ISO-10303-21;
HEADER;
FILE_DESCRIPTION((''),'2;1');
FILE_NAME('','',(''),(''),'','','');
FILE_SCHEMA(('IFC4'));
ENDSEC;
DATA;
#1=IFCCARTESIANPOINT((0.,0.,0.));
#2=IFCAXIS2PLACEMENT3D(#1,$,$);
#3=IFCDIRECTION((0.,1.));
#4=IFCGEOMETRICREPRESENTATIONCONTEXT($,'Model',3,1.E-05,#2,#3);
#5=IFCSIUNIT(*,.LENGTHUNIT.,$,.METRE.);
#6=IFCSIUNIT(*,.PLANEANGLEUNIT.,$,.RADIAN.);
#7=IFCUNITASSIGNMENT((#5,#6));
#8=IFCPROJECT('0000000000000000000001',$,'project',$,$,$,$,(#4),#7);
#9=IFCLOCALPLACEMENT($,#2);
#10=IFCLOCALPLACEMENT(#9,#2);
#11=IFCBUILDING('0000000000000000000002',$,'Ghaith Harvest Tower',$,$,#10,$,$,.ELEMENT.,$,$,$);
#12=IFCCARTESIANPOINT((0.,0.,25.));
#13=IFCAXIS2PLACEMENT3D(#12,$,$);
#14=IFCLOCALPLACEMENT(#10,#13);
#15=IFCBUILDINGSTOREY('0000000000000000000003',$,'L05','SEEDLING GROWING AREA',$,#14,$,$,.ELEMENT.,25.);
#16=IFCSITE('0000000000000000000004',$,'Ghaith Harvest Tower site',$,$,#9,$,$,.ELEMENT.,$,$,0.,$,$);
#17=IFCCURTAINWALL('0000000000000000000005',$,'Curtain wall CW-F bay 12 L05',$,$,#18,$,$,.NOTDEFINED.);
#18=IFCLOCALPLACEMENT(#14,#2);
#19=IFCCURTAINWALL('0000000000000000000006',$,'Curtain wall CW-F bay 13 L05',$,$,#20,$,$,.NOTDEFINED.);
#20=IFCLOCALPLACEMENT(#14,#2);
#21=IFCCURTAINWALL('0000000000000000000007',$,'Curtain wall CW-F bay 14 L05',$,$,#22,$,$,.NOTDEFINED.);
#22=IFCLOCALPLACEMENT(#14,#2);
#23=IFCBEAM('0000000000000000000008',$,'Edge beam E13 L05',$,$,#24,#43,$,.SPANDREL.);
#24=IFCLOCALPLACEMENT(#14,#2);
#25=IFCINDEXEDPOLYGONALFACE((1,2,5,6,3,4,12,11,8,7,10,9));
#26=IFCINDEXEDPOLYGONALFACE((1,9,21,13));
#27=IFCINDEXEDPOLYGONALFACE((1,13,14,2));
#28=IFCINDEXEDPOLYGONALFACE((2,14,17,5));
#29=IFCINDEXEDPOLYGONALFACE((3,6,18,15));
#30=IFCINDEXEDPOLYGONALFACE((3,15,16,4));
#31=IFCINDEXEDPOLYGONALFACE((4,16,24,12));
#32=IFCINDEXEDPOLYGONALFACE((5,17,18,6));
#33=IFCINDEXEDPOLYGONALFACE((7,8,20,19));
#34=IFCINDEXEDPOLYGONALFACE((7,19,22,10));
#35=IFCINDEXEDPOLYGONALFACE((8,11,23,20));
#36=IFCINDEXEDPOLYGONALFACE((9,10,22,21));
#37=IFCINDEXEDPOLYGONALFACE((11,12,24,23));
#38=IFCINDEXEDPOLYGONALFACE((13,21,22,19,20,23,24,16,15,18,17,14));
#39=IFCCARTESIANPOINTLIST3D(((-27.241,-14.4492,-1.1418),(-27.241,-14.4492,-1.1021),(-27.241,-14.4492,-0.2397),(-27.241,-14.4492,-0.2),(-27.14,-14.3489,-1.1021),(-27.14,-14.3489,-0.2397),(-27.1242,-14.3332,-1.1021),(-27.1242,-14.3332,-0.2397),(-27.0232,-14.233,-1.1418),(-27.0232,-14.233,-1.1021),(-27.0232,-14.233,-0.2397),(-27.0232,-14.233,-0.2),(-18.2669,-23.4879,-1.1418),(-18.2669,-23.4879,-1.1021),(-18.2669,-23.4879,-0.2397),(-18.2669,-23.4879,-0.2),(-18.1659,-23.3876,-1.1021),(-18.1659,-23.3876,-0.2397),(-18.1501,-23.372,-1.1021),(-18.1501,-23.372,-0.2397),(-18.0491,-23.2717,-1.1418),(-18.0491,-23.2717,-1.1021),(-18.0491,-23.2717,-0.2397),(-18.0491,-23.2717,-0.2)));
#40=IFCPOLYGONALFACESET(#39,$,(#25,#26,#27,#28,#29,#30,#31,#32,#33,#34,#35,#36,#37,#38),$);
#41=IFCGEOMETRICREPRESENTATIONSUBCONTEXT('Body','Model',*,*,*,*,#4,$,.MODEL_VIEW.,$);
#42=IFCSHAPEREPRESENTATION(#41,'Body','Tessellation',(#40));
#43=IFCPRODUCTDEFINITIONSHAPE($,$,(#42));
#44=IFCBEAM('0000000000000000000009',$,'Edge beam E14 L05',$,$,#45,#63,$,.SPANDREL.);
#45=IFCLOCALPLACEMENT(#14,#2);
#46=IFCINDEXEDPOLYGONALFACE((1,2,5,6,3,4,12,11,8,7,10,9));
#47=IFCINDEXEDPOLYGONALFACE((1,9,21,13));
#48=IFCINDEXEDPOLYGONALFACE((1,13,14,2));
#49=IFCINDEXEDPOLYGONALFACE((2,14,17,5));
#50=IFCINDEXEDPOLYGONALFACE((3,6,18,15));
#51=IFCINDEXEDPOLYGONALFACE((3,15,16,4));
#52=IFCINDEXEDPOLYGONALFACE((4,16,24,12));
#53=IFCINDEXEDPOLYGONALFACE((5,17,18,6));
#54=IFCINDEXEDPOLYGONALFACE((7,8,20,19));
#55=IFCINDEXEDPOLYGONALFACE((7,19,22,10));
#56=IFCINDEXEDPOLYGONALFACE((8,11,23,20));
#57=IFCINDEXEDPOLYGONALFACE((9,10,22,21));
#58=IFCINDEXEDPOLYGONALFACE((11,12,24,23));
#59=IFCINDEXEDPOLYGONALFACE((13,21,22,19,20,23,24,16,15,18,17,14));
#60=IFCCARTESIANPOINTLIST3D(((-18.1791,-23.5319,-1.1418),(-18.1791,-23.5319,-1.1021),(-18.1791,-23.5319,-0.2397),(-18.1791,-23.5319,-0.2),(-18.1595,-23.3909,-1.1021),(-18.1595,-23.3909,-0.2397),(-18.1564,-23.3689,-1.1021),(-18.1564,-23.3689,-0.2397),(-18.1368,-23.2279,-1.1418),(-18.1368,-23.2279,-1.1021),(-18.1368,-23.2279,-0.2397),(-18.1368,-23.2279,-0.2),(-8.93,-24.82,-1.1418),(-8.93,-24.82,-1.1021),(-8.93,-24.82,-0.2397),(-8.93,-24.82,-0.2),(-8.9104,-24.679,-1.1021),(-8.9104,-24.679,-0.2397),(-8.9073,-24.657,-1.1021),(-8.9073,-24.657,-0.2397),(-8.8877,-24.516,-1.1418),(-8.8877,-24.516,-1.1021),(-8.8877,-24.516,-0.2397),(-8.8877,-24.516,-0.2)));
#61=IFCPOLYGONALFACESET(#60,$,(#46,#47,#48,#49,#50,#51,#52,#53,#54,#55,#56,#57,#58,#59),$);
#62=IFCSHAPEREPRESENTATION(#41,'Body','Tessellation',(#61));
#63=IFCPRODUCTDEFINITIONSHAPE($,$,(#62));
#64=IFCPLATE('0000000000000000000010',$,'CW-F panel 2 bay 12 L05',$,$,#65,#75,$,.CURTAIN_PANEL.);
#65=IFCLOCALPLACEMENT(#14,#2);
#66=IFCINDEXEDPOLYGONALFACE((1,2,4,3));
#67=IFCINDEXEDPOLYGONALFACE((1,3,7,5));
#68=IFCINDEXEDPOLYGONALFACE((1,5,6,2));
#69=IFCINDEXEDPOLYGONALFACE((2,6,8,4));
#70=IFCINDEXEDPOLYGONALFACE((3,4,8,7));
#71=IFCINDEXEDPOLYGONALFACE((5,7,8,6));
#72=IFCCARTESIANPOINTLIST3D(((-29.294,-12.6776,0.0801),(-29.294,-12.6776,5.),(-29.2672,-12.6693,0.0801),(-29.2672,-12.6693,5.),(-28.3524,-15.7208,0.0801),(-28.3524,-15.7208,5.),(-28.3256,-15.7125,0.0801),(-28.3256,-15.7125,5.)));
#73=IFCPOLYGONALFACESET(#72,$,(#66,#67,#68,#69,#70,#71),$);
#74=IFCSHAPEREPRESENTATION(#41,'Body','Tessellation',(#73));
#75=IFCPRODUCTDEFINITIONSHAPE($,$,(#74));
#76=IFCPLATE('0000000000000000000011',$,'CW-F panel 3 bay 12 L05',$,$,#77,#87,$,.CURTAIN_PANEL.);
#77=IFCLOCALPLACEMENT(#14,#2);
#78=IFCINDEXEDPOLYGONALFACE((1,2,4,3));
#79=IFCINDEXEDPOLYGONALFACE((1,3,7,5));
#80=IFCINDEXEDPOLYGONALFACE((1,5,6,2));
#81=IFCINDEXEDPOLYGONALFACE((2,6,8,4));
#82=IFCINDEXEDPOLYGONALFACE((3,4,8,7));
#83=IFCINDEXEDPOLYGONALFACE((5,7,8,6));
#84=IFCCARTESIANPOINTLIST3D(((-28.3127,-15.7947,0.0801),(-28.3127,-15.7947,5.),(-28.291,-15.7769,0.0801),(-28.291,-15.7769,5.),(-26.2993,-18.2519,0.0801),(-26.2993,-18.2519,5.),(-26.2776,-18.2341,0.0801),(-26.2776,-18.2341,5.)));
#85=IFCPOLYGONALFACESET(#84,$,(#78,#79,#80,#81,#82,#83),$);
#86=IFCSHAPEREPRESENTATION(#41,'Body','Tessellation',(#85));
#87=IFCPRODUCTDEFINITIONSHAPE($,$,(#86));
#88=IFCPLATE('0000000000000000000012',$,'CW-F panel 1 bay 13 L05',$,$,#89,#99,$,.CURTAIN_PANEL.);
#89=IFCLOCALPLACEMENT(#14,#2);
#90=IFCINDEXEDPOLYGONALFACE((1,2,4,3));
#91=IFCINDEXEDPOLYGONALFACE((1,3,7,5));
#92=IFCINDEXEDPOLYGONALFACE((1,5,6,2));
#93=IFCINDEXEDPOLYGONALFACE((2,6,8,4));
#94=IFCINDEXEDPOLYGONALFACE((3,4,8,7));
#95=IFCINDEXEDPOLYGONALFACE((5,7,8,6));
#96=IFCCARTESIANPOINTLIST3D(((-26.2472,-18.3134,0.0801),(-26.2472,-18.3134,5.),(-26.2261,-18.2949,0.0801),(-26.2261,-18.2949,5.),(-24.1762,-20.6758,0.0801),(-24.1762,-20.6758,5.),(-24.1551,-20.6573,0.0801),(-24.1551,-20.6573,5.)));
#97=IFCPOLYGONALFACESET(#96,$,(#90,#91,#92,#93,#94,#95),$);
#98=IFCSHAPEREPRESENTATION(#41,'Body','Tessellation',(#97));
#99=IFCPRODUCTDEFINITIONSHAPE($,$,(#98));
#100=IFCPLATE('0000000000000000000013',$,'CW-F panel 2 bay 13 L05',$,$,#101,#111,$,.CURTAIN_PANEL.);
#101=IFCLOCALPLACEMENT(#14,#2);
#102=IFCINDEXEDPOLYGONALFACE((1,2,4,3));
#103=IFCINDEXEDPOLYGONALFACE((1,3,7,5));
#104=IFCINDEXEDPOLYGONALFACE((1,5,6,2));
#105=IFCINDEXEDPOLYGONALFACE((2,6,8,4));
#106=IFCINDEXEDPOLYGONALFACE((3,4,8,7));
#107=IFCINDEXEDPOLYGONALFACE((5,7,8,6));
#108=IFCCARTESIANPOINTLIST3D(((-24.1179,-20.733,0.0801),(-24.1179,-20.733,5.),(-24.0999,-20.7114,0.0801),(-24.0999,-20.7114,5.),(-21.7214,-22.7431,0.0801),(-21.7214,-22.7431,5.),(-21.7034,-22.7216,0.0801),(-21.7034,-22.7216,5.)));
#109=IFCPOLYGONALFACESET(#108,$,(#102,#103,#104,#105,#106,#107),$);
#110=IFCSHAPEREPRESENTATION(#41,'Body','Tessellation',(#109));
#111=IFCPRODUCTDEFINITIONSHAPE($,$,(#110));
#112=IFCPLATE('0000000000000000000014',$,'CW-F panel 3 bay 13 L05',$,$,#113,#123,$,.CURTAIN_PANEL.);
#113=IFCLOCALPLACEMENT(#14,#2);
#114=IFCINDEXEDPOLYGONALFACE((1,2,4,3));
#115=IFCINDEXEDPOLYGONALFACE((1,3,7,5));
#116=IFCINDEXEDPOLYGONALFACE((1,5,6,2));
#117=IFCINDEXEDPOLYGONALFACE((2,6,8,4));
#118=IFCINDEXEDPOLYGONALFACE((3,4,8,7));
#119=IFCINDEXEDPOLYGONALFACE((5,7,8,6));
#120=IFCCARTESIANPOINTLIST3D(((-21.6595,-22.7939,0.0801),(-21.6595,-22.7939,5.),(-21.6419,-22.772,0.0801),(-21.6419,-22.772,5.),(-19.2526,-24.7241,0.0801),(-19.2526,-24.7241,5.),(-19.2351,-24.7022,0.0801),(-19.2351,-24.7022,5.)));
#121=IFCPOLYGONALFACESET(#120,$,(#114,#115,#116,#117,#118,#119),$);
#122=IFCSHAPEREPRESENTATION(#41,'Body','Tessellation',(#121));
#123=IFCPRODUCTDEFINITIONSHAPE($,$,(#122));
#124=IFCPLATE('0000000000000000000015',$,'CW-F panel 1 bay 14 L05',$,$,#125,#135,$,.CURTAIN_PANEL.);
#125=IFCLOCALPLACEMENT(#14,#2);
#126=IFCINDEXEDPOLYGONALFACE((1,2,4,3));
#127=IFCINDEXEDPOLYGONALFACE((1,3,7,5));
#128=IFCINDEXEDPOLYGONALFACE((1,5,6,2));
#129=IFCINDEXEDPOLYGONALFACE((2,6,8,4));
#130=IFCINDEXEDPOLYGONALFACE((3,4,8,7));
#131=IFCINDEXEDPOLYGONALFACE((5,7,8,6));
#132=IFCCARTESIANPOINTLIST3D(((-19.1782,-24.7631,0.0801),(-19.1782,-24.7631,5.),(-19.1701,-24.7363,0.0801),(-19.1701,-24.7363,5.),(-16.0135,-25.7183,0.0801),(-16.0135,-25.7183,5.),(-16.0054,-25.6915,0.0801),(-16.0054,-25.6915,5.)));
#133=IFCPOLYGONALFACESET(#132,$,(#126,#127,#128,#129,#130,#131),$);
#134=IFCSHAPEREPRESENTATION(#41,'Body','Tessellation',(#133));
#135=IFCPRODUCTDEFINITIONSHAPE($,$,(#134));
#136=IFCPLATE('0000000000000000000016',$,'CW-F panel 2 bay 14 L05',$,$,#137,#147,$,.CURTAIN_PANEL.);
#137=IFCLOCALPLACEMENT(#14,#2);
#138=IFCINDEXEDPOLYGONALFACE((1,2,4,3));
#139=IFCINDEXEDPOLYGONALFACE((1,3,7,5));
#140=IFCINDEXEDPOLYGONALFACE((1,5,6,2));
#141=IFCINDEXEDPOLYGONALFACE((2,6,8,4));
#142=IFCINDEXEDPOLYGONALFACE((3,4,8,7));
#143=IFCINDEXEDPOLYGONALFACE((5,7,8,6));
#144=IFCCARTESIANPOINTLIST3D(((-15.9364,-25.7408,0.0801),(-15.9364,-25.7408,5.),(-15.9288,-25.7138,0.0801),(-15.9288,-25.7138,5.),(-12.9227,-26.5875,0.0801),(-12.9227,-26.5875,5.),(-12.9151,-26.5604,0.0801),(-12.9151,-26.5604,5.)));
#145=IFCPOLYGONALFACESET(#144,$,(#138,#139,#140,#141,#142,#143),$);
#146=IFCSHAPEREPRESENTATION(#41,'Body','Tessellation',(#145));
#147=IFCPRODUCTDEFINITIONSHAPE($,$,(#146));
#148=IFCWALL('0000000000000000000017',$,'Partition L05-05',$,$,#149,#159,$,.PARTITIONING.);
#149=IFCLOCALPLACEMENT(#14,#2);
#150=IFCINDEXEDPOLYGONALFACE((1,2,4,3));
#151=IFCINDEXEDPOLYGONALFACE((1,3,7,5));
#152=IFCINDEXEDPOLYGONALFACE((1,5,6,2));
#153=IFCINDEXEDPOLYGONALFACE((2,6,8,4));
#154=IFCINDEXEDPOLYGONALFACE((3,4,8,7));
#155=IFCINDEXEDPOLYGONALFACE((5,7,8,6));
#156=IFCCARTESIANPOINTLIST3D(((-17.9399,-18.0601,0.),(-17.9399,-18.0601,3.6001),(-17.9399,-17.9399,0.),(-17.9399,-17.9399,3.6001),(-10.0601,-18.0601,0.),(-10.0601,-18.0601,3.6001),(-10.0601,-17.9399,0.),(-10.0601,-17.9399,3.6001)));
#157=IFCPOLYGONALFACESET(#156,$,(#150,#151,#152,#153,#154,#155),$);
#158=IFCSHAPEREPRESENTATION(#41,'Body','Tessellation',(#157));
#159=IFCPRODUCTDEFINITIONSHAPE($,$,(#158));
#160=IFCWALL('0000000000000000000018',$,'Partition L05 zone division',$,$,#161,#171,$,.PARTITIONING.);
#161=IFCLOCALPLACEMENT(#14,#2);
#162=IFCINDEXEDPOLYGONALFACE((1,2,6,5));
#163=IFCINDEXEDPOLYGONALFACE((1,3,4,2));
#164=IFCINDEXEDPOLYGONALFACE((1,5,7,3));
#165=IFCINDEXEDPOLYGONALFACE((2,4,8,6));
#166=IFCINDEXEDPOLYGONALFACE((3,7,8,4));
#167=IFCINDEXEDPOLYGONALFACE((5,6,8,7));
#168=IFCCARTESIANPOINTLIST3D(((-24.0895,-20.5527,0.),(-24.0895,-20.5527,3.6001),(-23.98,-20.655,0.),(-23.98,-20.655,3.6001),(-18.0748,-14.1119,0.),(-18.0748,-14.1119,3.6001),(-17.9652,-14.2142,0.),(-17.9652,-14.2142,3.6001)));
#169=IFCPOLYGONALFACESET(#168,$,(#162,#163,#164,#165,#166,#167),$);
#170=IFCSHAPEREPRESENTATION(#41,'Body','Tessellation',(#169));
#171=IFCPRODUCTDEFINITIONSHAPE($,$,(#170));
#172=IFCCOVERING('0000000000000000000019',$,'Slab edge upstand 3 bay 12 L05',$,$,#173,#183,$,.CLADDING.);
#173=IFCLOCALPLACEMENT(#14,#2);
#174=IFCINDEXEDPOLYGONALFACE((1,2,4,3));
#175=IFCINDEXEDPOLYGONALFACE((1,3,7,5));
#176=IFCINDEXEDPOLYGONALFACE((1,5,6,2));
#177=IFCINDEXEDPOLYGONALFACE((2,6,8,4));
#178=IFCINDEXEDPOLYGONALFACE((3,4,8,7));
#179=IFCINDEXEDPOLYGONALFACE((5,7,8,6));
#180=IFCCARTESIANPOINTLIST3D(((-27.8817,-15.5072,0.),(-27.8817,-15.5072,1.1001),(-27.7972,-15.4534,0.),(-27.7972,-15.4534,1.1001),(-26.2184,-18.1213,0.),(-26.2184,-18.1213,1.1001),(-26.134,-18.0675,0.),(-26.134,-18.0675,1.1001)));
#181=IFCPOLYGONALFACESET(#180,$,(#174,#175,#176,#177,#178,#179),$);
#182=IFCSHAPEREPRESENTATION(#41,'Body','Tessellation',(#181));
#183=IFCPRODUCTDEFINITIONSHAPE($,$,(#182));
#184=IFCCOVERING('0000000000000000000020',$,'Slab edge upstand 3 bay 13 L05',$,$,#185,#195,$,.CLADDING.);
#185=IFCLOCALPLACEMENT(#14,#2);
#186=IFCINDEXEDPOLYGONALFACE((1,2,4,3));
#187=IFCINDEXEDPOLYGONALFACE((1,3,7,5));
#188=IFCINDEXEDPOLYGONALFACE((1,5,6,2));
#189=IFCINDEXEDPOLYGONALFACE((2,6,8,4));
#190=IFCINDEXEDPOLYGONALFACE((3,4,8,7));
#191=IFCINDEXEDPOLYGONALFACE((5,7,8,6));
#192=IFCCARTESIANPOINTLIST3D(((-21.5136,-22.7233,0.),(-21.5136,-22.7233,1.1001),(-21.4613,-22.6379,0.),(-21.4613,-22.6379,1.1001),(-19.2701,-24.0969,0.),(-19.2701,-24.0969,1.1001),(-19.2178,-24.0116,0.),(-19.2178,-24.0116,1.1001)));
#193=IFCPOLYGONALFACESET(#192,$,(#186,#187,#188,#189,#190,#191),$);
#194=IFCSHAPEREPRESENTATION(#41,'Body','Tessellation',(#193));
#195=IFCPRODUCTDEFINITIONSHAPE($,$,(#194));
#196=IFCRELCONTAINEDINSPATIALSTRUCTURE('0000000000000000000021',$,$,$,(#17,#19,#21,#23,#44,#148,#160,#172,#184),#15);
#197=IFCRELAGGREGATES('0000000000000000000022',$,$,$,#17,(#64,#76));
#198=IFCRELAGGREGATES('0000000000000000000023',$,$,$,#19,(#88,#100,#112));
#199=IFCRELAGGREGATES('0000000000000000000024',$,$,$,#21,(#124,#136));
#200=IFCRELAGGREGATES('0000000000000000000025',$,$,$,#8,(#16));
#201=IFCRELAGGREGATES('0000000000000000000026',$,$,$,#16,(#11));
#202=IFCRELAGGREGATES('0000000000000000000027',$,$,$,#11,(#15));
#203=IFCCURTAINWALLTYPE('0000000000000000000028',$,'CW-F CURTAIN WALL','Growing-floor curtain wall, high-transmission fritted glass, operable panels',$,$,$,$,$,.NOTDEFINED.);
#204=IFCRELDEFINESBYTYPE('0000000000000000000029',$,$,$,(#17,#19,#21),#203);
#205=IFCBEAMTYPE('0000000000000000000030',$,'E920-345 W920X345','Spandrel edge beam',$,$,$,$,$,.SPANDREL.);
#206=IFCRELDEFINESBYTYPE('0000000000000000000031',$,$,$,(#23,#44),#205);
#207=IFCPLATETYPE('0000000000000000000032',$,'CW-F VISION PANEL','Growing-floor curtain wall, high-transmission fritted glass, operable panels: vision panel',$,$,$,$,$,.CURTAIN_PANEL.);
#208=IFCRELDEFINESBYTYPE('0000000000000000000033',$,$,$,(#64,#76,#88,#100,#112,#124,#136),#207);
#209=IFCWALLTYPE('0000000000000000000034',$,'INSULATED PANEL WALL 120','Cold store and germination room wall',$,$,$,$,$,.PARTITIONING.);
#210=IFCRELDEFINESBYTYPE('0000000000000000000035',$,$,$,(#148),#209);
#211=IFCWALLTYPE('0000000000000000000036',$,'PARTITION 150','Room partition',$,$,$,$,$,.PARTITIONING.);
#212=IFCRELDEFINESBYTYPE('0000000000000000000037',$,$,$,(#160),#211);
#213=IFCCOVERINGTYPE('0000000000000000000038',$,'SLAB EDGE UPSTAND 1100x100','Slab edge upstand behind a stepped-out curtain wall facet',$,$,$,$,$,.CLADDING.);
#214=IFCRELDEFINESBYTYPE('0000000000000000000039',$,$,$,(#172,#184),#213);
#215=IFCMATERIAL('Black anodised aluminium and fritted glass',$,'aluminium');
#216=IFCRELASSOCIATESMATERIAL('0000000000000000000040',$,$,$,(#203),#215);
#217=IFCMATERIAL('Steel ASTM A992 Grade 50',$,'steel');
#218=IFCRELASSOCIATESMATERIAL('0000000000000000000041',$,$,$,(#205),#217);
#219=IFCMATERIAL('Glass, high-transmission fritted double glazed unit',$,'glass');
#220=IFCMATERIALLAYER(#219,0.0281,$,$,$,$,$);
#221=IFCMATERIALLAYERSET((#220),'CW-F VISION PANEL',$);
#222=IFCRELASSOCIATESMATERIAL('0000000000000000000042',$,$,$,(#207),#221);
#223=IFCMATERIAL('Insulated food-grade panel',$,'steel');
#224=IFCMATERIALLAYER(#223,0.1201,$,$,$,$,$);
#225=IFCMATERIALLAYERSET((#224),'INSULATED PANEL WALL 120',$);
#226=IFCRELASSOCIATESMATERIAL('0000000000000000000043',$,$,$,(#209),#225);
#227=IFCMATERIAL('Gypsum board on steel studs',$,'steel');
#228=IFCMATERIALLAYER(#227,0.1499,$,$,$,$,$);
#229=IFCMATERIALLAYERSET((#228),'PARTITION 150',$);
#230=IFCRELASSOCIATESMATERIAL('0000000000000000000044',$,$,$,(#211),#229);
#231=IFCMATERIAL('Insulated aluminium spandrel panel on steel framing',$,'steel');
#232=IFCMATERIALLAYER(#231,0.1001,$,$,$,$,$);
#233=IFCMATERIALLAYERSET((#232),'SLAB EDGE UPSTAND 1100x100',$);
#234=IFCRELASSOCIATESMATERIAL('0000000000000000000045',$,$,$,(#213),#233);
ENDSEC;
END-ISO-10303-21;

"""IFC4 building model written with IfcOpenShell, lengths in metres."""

from ifc_helpers import new_model, si_unit, direction, frame, frame_2d, origin, origin_2d, place, context, subcontext, project, spatial, rectangle, i_section, extrude, material, layer, layer_set, material_profile, profile_set, type_object, element, aggregate, save


model = new_model("IFC4")

# Units and contexts
model_context = context("Model", 3, precision=1e-05, world=origin(), true_north=direction((0.0, 1.0)))
body_context = subcontext(model_context, "Body", "Model", "MODEL_VIEW")
ifc_project = project(units=[si_unit("LENGTHUNIT", "METRE"), si_unit("PLANEANGLEUNIT", "RADIAN")], contexts=[model_context])

# Site, building, storey
site_placement = place(None, origin())
site = spatial("IfcSite", under=ifc_project, at=site_placement, Name="Ghaith Harvest Tower site", CompositionType="ELEMENT", RefElevation=0.0)
building_placement = place(site_placement, origin())
building = spatial("IfcBuilding", under=site, at=building_placement, Name="Ghaith Harvest Tower", CompositionType="ELEMENT")
storey_placement = place(building_placement, frame((0.0, 0.0, 25.0)))
storey = spatial("IfcBuildingStorey", under=building, at=storey_placement, Name="L05", Description="SEEDLING GROWING AREA", CompositionType="ELEMENT", Elevation=25.0)

# Curtain wall
ifc_material_1 = material(Name="Black anodised aluminium and fritted glass", Category="aluminium")
curtain_wall_type = type_object("IfcCurtainWallType", Name="CW-F CURTAIN WALL", Description="Growing-floor curtain wall, high-transmission fritted glass, operable panels", PredefinedType="NOTDEFINED", material=ifc_material_1)
curtain_wall_1_placement = place(storey_placement, origin())
curtain_wall_1 = element("IfcCurtainWall", 1, at=curtain_wall_1_placement, inside=storey, type_object=curtain_wall_type, Name="Curtain wall CW-F bay 12 L05", PredefinedType="NOTDEFINED")

# Curtain walls
curtain_wall_2_placement = place(storey_placement, origin())
curtain_wall_2 = element("IfcCurtainWall", 2, at=curtain_wall_2_placement, inside=storey, type_object=curtain_wall_type, Name="Curtain wall CW-F bay 13 L05", PredefinedType="NOTDEFINED")
curtain_wall_3_placement = place(storey_placement, origin())
curtain_wall_3 = element("IfcCurtainWall", 3, at=curtain_wall_3_placement, inside=storey, type_object=curtain_wall_type, Name="Curtain wall CW-F bay 14 L05", PredefinedType="NOTDEFINED")

# Beams
ifc_material_2 = material(Name="Steel ASTM A992 Grade 50", Category="steel")
ifc_material_profile_1 = material_profile(ifc_material_2, i_section(OverallWidth=0.3069, OverallDepth=0.9419, WebThickness=0.0222, FlangeThickness=0.0398, at=origin_2d()), Name="W920X345")
ifc_profile_set_1 = profile_set([ifc_material_profile_1], Name="Steel ASTM A992 Grade 50")
beam_type = type_object("IfcBeamType", Name="E920-345 W920X345", Description="Spandrel edge beam", PredefinedType="SPANDREL", material=ifc_profile_set_1)
beam_1_placement = place(storey_placement, frame((-27.1321, -14.3411, -0.6709), z_axis=(0.704563, -0.709642, 0.0), x_axis=(0.709642, 0.704563, 0.0)))
element("IfcBeam", 4, at=beam_1_placement, inside=storey, type_object=beam_type, Name="Edge beam E13 L05", PredefinedType="SPANDREL", context=body_context, shape_type="SweptSolid", body=[
    extrude(i_section(OverallWidth=0.3069, OverallDepth=0.9419, WebThickness=0.0222, FlangeThickness=0.0398, at=origin_2d()), origin(), (0.0, 0.0, 1.0), 12.7371),
])
beam_2_placement = place(storey_placement, frame((-18.158, -23.3799, -0.6709), z_axis=(0.990441, -0.137936, 0.0), x_axis=(0.137936, 0.990441, 0.0)))
element("IfcBeam", 5, at=beam_2_placement, inside=storey, type_object=beam_type, Name="Edge beam E14 L05", PredefinedType="SPANDREL", context=body_context, shape_type="SweptSolid", body=[
    extrude(i_section(OverallWidth=0.3069, OverallDepth=0.9419, WebThickness=0.0222, FlangeThickness=0.0398, at=origin_2d()), origin(), (0.0, 0.0, 1.0), 9.3384),
])

# Plates
ifc_material_3 = material(Name="Glass, high-transmission fritted double glazed unit", Category="glass")
ifc_layer_1 = layer(ifc_material_3, 0.0281)
ifc_layer_set_1 = layer_set([ifc_layer_1], Name="CW-F VISION PANEL")
plate_type = type_object("IfcPlateType", Name="CW-F VISION PANEL", Description="Growing-floor curtain wall, high-transmission fritted glass, operable panels: vision panel", PredefinedType="CURTAIN_PANEL", material=ifc_layer_set_1)
plate_1_placement = place(storey_placement, frame((-28.8098, -14.1951, 0.0801), z_axis=(0.0, 0.0, 1.0), x_axis=(0.295583, -0.955317, 0.0)))
plate_1 = element("IfcPlate", 6, at=plate_1_placement, type_object=plate_type, Name="CW-F panel 2 bay 12 L05", PredefinedType="CURTAIN_PANEL", context=body_context, shape_type="SweptSolid", body=[
    extrude(rectangle(XDim=3.1855, YDim=0.0281, at=origin_2d()), origin(), (0.0, 0.0, 1.0), 4.9199),
])
plate_2_placement = place(storey_placement, frame((-27.2952, -17.0144, 0.0801), z_axis=(0.0, 0.0, 1.0), x_axis=(0.63379, -0.773505, 0.0)))
plate_2 = element("IfcPlate", 7, at=plate_2_placement, type_object=plate_type, Name="CW-F panel 3 bay 12 L05", PredefinedType="CURTAIN_PANEL", context=body_context, shape_type="SweptSolid", body=[
    extrude(rectangle(XDim=3.1768, YDim=0.0281, at=origin_2d()), origin(), (0.0, 0.0, 1.0), 4.9199),
])
aggregate(curtain_wall_1, [plate_1, plate_2])
plate_3_placement = place(storey_placement, frame((-25.2012, -19.4854, 0.0801), z_axis=(0.0, 0.0, 1.0), x_axis=(0.659216, -0.751954, 0.0)))
plate_3 = element("IfcPlate", 8, at=plate_3_placement, type_object=plate_type, Name="CW-F panel 1 bay 13 L05", PredefinedType="CURTAIN_PANEL", context=body_context, shape_type="SweptSolid", body=[
    extrude(rectangle(XDim=3.1416, YDim=0.0281, at=origin_2d()), origin(), (0.0, 0.0, 1.0), 4.9199),
])
plate_4_placement = place(storey_placement, frame((-22.9106, -21.7273, 0.0801), z_axis=(0.0, 0.0, 1.0), x_axis=(0.766155, -0.642656, 0.0)))
plate_4 = element("IfcPlate", 9, at=plate_4_placement, type_object=plate_type, Name="CW-F panel 2 bay 13 L05", PredefinedType="CURTAIN_PANEL", context=body_context, shape_type="SweptSolid", body=[
    extrude(rectangle(XDim=3.1279, YDim=0.0281, at=origin_2d()), origin(), (0.0, 0.0, 1.0), 4.9199),
])
plate_5_placement = place(storey_placement, frame((-20.4473, -23.748, 0.0801), z_axis=(0.0, 0.0, 1.0), x_axis=(0.780122, -0.625627, 0.0)))
plate_5 = element("IfcPlate", 10, at=plate_5_placement, type_object=plate_type, Name="CW-F panel 3 bay 13 L05", PredefinedType="CURTAIN_PANEL", context=body_context, shape_type="SweptSolid", body=[
    extrude(rectangle(XDim=3.0852, YDim=0.0281, at=origin_2d()), origin(), (0.0, 0.0, 1.0), 4.9199),
])
aggregate(curtain_wall_2, [plate_3, plate_4, plate_5])
plate_6_placement = place(storey_placement, frame((-17.5918, -25.2273, 0.0801), z_axis=(0.0, 0.0, 1.0), x_axis=(0.957342, -0.288956, 0.0)))
plate_6 = element("IfcPlate", 11, at=plate_6_placement, type_object=plate_type, Name="CW-F panel 1 bay 14 L05", PredefinedType="CURTAIN_PANEL", context=body_context, shape_type="SweptSolid", body=[
    extrude(rectangle(XDim=3.3057, YDim=0.0281, at=origin_2d()), origin(), (0.0, 0.0, 1.0), 4.9199),
])
plate_7_placement = place(storey_placement, frame((-14.4258, -26.1506, 0.0801), z_axis=(0.0, 0.0, 1.0), x_axis=(0.96273, -0.270465, 0.0)))
plate_7 = element("IfcPlate", 12, at=plate_7_placement, type_object=plate_type, Name="CW-F panel 2 bay 14 L05", PredefinedType="CURTAIN_PANEL", context=body_context, shape_type="SweptSolid", body=[
    extrude(rectangle(XDim=3.1304, YDim=0.0281, at=origin_2d()), origin(), (0.0, 0.0, 1.0), 4.9199),
])
aggregate(curtain_wall_3, [plate_6, plate_7])

# Walls
ifc_material_4 = material(Name="Insulated food-grade panel", Category="steel")
ifc_layer_2 = layer(ifc_material_4, 0.1201)
ifc_layer_set_2 = layer_set([ifc_layer_2], Name="INSULATED PANEL WALL 120")
wall_type_1 = type_object("IfcWallType", Name="INSULATED PANEL WALL 120", Description="Cold store and germination room wall", PredefinedType="PARTITIONING", material=ifc_layer_set_2)
wall_1_placement = place(storey_placement, frame((-17.9399, -18.0, 0.0), z_axis=(0.0, 0.0, 1.0), x_axis=(1.0, 0.0, 0.0)))
element("IfcWall", 13, at=wall_1_placement, inside=storey, type_object=wall_type_1, Name="Partition L05-05", PredefinedType="PARTITIONING", context=body_context, shape_type="SweptSolid", body=[
    extrude(rectangle(XDim=7.8799, YDim=0.1201, at=frame_2d((3.9399, 0.0))), origin(), (0.0, 0.0, 1.0), 3.6001),
])
ifc_material_5 = material(Name="Gypsum board on steel studs", Category="steel")
ifc_layer_3 = layer(ifc_material_5, 0.1499)
ifc_layer_set_3 = layer_set([ifc_layer_3], Name="PARTITION 150")
wall_type_2 = type_object("IfcWallType", Name="PARTITION 150", Description="Room partition", PredefinedType="PARTITIONING", material=ifc_layer_set_3)
wall_2_placement = place(storey_placement, frame((-18.02, -14.1631, 0.0), z_axis=(0.0, 0.0, 1.0), x_axis=(-0.682522, -0.730865, 0.0)))
element("IfcWall", 14, at=wall_2_placement, inside=storey, type_object=wall_type_2, Name="Partition L05 zone division", PredefinedType="PARTITIONING", context=body_context, shape_type="SweptSolid", body=[
    extrude(rectangle(XDim=8.8125, YDim=0.1499, at=frame_2d((4.4062, 0.0))), origin(), (0.0, 0.0, 1.0), 3.6001),
])

# Coverings
ifc_material_6 = material(Name="Insulated aluminium spandrel panel on steel framing", Category="steel")
ifc_layer_4 = layer(ifc_material_6, 0.1001)
ifc_layer_set_4 = layer_set([ifc_layer_4], Name="SLAB EDGE UPSTAND 1100x100")
covering_type = type_object("IfcCoveringType", Name="SLAB EDGE UPSTAND 1100x100", Description="Slab edge upstand behind a stepped-out curtain wall facet", PredefinedType="CLADDING", material=ifc_layer_set_4)
covering_1_placement = place(storey_placement, frame((-27.0078, -16.7874, 0.0), z_axis=(0.0, 0.0, 1.0), x_axis=(0.536807, -0.843705, 0.0)))
element("IfcCovering", 15, at=covering_1_placement, inside=storey, type_object=covering_type, Name="Slab edge upstand 3 bay 12 L05", PredefinedType="CLADDING", context=body_context, shape_type="SweptSolid", body=[
    extrude(rectangle(XDim=3.0984, YDim=0.1001, at=origin_2d()), origin(), (0.0, 0.0, 1.0), 1.1001),
])
covering_2_placement = place(storey_placement, frame((-20.3657, -23.3674, 0.0), z_axis=(0.0, 0.0, 1.0), x_axis=(0.852847, -0.522161, 0.0)))
element("IfcCovering", 16, at=covering_2_placement, inside=storey, type_object=covering_type, Name="Slab edge upstand 3 bay 13 L05", PredefinedType="CLADDING", context=body_context, shape_type="SweptSolid", body=[
    extrude(rectangle(XDim=2.6306, YDim=0.1001, at=origin_2d()), origin(), (0.0, 0.0, 1.0), 1.1001),
])

save(model, "model.ifc")
